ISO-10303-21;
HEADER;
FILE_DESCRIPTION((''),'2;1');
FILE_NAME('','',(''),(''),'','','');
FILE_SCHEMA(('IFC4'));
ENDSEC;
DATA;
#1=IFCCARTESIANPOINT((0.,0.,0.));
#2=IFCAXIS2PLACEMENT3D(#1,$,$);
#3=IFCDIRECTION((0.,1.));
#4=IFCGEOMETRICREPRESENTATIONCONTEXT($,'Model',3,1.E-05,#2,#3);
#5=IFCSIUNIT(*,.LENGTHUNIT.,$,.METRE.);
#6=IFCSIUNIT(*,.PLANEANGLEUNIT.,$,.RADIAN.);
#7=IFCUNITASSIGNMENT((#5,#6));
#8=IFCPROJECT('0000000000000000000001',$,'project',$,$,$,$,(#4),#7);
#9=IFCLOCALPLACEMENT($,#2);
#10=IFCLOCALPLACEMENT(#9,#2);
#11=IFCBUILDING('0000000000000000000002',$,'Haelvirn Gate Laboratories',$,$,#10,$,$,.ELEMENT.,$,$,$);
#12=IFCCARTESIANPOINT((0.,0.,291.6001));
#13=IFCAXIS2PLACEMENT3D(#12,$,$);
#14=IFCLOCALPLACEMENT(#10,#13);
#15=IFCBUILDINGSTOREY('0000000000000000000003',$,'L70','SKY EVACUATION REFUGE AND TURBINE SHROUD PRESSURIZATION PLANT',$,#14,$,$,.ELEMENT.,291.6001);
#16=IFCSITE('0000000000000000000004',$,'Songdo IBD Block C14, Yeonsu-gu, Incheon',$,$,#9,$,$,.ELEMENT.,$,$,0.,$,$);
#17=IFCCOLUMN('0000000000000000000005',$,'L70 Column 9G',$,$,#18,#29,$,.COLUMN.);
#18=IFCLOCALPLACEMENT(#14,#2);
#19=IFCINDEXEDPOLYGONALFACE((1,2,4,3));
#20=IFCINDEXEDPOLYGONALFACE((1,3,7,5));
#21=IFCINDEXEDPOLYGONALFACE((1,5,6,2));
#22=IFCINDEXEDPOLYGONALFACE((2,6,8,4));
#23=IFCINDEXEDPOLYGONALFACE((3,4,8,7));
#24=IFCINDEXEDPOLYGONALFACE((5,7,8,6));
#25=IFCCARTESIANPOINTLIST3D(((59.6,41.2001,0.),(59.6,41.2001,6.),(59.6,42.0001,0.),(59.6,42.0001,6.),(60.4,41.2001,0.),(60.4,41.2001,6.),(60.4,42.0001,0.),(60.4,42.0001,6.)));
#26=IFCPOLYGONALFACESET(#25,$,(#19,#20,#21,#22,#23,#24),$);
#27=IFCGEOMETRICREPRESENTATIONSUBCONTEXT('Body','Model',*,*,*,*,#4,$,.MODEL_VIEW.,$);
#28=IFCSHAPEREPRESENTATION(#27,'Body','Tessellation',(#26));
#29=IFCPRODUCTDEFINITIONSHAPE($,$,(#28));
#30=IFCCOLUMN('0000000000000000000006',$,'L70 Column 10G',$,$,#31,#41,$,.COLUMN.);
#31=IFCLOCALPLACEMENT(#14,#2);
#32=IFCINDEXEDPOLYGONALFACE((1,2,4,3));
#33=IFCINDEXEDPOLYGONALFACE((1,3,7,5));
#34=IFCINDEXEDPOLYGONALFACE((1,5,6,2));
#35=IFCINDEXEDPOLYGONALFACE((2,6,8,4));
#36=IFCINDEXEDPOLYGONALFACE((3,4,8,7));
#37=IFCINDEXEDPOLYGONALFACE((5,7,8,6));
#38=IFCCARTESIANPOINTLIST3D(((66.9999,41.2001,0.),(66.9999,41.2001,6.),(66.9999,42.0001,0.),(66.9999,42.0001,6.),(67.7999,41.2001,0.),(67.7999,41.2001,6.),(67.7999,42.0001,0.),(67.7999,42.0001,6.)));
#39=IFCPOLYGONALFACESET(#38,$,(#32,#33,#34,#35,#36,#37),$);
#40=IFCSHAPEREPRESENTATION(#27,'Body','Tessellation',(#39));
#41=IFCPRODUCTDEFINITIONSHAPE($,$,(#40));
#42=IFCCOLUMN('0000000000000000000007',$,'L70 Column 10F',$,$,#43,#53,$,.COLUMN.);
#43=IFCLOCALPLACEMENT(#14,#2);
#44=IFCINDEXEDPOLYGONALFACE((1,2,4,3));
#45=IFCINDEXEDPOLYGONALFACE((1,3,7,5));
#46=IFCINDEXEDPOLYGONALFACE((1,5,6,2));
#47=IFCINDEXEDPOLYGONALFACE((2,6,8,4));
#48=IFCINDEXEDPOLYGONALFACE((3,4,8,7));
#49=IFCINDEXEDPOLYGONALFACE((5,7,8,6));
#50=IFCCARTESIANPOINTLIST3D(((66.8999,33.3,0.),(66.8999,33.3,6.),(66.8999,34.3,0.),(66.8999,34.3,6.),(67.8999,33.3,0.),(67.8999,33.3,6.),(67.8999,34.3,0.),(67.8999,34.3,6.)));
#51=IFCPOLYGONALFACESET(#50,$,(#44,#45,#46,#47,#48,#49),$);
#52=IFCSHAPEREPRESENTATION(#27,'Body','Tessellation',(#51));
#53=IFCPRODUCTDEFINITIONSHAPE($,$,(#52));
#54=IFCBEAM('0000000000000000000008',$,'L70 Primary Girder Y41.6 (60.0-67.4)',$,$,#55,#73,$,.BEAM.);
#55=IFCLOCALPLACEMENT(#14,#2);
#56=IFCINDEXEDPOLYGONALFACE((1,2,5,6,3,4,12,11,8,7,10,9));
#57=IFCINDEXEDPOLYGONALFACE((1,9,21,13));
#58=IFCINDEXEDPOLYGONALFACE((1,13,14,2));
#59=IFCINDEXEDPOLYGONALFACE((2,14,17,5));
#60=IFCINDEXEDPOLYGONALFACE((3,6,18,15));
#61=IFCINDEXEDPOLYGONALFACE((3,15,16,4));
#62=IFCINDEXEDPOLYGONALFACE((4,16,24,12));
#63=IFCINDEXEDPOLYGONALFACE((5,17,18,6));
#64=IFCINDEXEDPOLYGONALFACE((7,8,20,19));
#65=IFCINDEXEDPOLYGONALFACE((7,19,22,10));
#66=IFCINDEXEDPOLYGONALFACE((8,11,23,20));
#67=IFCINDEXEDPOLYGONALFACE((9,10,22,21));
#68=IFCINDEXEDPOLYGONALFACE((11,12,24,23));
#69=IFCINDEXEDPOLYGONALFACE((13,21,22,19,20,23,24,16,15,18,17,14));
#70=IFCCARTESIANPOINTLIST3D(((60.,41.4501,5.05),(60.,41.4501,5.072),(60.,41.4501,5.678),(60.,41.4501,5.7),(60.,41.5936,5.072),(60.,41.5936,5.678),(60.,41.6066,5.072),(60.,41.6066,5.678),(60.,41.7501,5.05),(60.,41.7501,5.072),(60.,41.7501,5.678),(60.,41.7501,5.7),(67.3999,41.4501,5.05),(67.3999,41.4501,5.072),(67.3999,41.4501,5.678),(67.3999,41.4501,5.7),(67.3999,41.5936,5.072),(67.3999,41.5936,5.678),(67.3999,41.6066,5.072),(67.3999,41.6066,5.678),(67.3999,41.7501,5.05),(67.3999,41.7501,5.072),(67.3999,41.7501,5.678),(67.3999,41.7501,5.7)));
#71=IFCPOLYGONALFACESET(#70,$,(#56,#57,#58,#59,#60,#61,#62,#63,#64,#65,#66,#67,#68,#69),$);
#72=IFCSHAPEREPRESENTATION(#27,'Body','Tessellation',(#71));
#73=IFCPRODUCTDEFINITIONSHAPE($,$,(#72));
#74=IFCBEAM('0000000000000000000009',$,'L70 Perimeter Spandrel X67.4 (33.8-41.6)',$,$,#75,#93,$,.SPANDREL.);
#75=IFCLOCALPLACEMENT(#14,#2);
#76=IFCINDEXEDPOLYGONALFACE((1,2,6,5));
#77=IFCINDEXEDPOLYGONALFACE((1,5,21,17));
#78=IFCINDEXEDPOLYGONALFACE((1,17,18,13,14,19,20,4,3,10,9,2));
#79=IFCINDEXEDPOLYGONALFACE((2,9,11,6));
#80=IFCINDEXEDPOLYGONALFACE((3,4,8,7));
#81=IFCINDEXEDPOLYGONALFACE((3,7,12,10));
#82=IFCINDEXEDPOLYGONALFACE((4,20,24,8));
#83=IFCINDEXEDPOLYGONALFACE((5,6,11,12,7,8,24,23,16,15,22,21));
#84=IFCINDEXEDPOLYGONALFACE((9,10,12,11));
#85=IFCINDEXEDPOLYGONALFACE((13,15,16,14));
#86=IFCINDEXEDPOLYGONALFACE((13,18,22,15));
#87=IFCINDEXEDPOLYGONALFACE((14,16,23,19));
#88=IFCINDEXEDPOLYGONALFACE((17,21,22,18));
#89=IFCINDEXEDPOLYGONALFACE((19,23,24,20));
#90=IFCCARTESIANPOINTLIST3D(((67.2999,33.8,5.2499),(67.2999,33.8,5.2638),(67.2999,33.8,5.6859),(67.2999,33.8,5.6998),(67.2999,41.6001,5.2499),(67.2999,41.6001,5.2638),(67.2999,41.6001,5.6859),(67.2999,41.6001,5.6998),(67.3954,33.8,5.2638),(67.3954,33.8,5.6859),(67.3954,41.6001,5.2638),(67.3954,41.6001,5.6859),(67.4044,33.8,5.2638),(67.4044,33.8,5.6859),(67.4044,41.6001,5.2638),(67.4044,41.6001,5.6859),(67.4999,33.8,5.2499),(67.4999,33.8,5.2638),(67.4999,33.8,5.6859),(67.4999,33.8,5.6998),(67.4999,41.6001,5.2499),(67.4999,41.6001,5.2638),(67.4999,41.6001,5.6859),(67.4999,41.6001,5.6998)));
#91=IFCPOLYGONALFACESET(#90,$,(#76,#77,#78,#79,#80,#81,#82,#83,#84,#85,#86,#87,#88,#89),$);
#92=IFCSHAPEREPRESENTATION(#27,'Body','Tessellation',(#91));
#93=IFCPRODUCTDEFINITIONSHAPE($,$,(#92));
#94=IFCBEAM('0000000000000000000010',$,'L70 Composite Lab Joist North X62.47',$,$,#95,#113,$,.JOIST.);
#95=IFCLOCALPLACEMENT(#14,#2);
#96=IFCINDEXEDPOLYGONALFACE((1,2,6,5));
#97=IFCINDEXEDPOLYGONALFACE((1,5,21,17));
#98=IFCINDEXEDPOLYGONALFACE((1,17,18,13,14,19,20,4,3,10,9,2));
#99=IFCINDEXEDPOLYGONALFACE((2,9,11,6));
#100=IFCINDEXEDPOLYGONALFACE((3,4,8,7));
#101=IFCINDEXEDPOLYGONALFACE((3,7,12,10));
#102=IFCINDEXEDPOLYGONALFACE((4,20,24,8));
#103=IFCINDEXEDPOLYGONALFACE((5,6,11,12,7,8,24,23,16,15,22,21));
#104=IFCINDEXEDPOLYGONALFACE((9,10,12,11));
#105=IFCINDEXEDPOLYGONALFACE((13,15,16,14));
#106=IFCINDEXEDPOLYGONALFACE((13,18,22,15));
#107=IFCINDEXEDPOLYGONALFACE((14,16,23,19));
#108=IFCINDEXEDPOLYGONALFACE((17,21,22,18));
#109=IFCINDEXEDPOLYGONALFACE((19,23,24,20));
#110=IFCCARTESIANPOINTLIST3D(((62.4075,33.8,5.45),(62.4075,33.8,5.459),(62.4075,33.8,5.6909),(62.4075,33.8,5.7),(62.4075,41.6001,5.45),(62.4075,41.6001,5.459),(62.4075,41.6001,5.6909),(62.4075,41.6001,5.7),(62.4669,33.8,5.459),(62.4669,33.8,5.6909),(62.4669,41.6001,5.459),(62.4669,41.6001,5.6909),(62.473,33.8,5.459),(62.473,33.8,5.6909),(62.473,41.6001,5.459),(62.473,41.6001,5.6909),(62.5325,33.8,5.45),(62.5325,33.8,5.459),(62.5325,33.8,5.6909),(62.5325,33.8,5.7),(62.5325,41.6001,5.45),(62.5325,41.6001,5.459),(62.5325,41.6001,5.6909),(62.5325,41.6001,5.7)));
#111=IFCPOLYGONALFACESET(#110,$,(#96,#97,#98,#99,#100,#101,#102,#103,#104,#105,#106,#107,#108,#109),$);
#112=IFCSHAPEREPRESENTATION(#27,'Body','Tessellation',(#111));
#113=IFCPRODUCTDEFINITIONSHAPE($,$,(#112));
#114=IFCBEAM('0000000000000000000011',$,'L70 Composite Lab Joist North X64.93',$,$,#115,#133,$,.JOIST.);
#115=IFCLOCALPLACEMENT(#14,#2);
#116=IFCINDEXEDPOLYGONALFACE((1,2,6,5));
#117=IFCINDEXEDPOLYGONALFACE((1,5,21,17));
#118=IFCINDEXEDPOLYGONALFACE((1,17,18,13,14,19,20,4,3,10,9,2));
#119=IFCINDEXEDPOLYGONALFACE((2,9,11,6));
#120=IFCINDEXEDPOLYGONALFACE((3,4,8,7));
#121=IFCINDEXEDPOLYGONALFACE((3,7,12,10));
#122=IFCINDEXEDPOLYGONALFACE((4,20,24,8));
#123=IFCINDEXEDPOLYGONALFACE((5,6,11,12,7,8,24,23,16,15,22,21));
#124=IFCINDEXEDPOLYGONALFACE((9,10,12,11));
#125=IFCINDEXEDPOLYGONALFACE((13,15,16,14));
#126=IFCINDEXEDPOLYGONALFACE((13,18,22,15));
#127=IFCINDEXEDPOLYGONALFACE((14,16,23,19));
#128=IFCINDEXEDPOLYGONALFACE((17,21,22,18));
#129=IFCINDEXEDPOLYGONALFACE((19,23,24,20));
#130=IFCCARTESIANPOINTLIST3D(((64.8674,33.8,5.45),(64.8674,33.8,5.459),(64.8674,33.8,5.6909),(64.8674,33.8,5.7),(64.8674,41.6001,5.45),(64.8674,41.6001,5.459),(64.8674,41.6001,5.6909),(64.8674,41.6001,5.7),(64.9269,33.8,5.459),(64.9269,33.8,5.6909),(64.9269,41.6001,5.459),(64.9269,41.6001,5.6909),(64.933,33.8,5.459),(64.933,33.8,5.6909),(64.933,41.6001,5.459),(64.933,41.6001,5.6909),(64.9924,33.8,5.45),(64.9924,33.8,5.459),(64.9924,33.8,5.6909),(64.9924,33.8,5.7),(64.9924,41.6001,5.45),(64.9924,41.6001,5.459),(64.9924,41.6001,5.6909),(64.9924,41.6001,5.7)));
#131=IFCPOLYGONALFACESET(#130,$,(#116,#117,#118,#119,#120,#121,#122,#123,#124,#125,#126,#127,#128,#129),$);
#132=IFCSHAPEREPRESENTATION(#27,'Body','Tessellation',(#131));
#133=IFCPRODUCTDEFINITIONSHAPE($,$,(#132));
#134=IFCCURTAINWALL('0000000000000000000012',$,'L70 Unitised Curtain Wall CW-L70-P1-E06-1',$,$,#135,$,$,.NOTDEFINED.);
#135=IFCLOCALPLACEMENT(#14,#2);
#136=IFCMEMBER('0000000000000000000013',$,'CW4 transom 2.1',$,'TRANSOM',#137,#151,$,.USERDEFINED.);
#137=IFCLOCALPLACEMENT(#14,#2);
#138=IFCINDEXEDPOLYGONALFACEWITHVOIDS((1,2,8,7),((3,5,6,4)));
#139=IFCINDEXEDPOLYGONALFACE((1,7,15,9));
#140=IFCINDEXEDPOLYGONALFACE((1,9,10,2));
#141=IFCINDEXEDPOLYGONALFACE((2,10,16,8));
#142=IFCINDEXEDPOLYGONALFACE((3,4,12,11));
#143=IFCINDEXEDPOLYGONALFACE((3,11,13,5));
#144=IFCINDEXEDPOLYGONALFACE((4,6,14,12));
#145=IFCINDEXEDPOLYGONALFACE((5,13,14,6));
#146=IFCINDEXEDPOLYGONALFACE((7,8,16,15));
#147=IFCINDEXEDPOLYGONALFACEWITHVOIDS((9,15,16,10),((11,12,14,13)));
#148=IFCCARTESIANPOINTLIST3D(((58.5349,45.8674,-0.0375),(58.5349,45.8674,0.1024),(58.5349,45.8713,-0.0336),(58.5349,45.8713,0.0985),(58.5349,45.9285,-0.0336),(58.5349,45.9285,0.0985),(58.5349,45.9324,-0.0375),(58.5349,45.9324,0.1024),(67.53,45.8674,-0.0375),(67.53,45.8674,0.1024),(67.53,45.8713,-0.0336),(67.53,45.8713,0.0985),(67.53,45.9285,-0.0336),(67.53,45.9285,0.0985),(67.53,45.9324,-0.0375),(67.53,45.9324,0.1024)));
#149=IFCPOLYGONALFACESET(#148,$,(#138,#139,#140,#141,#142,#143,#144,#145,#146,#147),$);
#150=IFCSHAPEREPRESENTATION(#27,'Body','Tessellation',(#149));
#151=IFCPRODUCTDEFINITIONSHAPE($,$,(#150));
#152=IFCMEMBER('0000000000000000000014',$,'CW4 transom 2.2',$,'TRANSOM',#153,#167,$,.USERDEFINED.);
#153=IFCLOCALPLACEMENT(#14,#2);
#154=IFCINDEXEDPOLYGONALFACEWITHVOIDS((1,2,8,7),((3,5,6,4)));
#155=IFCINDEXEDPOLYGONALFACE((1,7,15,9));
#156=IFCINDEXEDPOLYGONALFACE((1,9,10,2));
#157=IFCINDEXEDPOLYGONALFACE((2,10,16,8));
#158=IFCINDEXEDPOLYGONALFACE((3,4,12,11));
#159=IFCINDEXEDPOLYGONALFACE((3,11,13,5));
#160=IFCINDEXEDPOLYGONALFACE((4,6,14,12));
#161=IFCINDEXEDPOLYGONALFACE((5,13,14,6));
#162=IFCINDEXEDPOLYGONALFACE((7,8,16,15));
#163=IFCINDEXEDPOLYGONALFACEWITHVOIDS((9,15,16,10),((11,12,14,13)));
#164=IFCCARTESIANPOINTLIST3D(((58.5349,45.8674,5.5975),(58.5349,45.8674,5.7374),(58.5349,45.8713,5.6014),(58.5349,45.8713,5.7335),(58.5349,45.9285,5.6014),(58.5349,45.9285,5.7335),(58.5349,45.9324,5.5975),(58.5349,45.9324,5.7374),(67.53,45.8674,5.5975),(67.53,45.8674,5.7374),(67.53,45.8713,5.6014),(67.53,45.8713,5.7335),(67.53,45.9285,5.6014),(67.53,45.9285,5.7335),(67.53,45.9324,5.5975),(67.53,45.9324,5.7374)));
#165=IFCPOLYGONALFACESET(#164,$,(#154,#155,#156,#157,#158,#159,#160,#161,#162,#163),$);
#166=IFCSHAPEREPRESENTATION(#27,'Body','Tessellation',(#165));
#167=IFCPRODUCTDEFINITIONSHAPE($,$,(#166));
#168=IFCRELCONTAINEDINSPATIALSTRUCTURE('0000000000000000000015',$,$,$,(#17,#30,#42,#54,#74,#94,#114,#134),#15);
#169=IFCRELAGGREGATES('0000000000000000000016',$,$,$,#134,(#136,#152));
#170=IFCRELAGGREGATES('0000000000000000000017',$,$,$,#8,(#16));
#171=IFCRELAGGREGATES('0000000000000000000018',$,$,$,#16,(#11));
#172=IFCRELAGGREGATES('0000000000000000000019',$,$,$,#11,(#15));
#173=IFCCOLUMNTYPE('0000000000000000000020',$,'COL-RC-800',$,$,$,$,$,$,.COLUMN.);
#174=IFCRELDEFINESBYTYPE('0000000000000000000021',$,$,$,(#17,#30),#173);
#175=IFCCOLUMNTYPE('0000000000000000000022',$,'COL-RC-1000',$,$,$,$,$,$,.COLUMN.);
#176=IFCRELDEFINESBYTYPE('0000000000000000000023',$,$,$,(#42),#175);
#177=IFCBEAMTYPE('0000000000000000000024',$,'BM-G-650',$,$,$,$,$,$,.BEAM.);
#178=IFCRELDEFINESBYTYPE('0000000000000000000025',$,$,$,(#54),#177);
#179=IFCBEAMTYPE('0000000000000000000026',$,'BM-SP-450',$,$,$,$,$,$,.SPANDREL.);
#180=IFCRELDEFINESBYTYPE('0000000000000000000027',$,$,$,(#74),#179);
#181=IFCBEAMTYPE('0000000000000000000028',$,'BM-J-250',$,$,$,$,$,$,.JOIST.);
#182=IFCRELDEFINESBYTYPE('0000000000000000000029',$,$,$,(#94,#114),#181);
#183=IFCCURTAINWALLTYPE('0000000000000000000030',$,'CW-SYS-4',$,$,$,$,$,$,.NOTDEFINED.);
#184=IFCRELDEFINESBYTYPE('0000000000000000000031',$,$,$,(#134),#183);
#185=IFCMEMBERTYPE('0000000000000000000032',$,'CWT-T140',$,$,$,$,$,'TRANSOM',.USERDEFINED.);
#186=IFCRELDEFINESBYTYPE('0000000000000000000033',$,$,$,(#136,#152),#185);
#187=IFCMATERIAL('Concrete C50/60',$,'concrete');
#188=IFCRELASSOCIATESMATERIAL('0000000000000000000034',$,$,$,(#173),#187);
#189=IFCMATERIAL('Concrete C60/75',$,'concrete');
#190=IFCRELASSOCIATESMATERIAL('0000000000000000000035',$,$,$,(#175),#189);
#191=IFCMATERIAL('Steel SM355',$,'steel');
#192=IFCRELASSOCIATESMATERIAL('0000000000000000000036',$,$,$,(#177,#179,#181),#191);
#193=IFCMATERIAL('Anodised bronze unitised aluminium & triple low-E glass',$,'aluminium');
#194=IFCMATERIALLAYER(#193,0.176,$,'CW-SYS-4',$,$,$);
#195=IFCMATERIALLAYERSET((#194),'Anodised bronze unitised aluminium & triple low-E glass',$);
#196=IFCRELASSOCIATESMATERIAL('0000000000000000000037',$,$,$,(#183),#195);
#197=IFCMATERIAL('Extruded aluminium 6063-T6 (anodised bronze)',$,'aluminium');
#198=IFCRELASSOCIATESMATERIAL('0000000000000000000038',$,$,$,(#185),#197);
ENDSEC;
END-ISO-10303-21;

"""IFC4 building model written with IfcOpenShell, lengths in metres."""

from ifc_helpers import new_model, si_unit, direction, frame, origin, origin_2d, place, context, subcontext, project, spatial, rectangle, hollow_rectangle, i_section, extrude, source, transform, mapped, material, layer, layer_set, material_profile, profile_set, type_object, type_shapes, element, aggregate, save


model = new_model("IFC4")

# Units and contexts
model_context = context("Model", 3, precision=1e-05, world=origin(), true_north=direction((0.0, 1.0)))
body_context = subcontext(model_context, "Body", "Model", "MODEL_VIEW")
ifc_project = project(units=[si_unit("LENGTHUNIT", "METRE"), si_unit("PLANEANGLEUNIT", "RADIAN")], contexts=[model_context])

# Site, building, storey
site_placement = place(None, origin())
site = spatial("IfcSite", under=ifc_project, at=site_placement, Name="Songdo IBD Block C14, Yeonsu-gu, Incheon", CompositionType="ELEMENT", RefElevation=0.0)
building_placement = place(site_placement, origin())
building = spatial("IfcBuilding", under=site, at=building_placement, Name="Haelvirn Gate Laboratories", CompositionType="ELEMENT")
storey_placement = place(building_placement, frame((0.0, 0.0, 291.6001)))
storey = spatial("IfcBuildingStorey", under=building, at=storey_placement, Name="L70", Description="SKY EVACUATION REFUGE AND TURBINE SHROUD PRESSURIZATION PLANT", CompositionType="ELEMENT", Elevation=291.6001)

# Columns
ifc_material_1 = material(Name="Concrete C50/60", Category="concrete")
ifc_material_profile_1 = material_profile(ifc_material_1, rectangle(XDim=0.8, YDim=0.8, at=origin_2d()), Name="RC-800x800")
ifc_profile_set_1 = profile_set([ifc_material_profile_1], Name="Concrete C50/60")
column_type_1 = type_object("IfcColumnType", Name="COL-RC-800", PredefinedType="COLUMN", material=ifc_profile_set_1)
shared_shape_1 = source(origin(), body_context, "Body", "SweptSolid", [
    extrude(rectangle(XDim=0.8, YDim=0.8, at=origin_2d()), origin(), (0.0, 0.0, 1.0), 6.0),
])
type_shapes(column_type_1, [shared_shape_1])
for number, where, z_axis, x_axis, name in (
    (1, (60.0, 41.6001, 0.0), (0.0, 0.0, 1.0), (1.0, 0.0, 0.0), "L70 Column 9G"),
    (2, (67.3999, 41.6001, 0.0), (0.0, 0.0, 1.0), (1.0, 0.0, 0.0), "L70 Column 10G"),
):
    element("IfcColumn", number, at=place(storey_placement, frame(where, z_axis=z_axis, x_axis=x_axis)), inside=storey, type_object=column_type_1, Name=name, PredefinedType="COLUMN", context=body_context, shape_type="MappedRepresentation", body=[
        mapped(shared_shape_1, transform((0.0, 0.0, 0.0), scale=1.0)),
    ])
ifc_material_2 = material(Name="Concrete C60/75", Category="concrete")
ifc_material_profile_2 = material_profile(ifc_material_2, rectangle(XDim=1.0, YDim=1.0, at=origin_2d()), Name="RC-1000x1000")
ifc_profile_set_2 = profile_set([ifc_material_profile_2], Name="Concrete C60/75")
column_type_2 = type_object("IfcColumnType", Name="COL-RC-1000", PredefinedType="COLUMN", material=ifc_profile_set_2)
shared_shape_2 = source(origin(), body_context, "Body", "SweptSolid", [
    extrude(rectangle(XDim=1.0, YDim=1.0, at=origin_2d()), origin(), (0.0, 0.0, 1.0), 6.0),
])
type_shapes(column_type_2, [shared_shape_2])
column_placement = place(storey_placement, frame((67.3999, 33.8, 0.0), z_axis=(0.0, 0.0, 1.0), x_axis=(1.0, 0.0, 0.0)))
element("IfcColumn", 3, at=column_placement, inside=storey, type_object=column_type_2, Name="L70 Column 10F", PredefinedType="COLUMN", context=body_context, shape_type="MappedRepresentation", body=[
    mapped(shared_shape_2, transform((0.0, 0.0, 0.0), scale=1.0)),
])

# Beams
ifc_material_3 = material(Name="Steel SM355", Category="steel")
ifc_material_profile_3 = material_profile(ifc_material_3, i_section(OverallWidth=0.3, OverallDepth=0.6499, WebThickness=0.0129, FlangeThickness=0.022, at=origin_2d()), Name="H-650x300x13x22")
ifc_profile_set_3 = profile_set([ifc_material_profile_3], Name="Steel SM355")
beam_type_1 = type_object("IfcBeamType", Name="BM-G-650", PredefinedType="BEAM", material=ifc_profile_set_3)
shared_shape_3 = source(origin(), body_context, "Body", "SweptSolid", [
    extrude(i_section(OverallWidth=0.3, OverallDepth=0.6499, WebThickness=0.0129, FlangeThickness=0.022, at=origin_2d()), origin(), (0.0, 0.0, 1.0), 7.3999),
])
type_shapes(beam_type_1, [shared_shape_3])
beam_1_placement = place(storey_placement, frame((60.0, 41.6001, 5.375), z_axis=(1.0, 0.0, 0.0), x_axis=(0.0, 1.0, 0.0)))
element("IfcBeam", 4, at=beam_1_placement, inside=storey, type_object=beam_type_1, Name="L70 Primary Girder Y41.6 (60.0-67.4)", PredefinedType="BEAM", context=body_context, shape_type="MappedRepresentation", body=[
    mapped(shared_shape_3, transform((0.0, 0.0, 0.0), scale=1.0)),
])
ifc_material_profile_4 = material_profile(ifc_material_3, i_section(OverallWidth=0.2, OverallDepth=0.45, WebThickness=0.009, FlangeThickness=0.0139, at=origin_2d()), Name="H-450x200x9x14")
ifc_profile_set_4 = profile_set([ifc_material_profile_4], Name="Steel SM355")
beam_type_2 = type_object("IfcBeamType", Name="BM-SP-450", PredefinedType="SPANDREL", material=ifc_profile_set_4)
shared_shape_4 = source(origin(), body_context, "Body", "SweptSolid", [
    extrude(i_section(OverallWidth=0.2, OverallDepth=0.45, WebThickness=0.009, FlangeThickness=0.0139, at=origin_2d()), origin(), (0.0, 0.0, 1.0), 7.8),
])
type_shapes(beam_type_2, [shared_shape_4])
beam_2_placement = place(storey_placement, frame((67.3999, 33.8, 5.4749), z_axis=(0.0, 1.0, 0.0), x_axis=(-1.0, 0.0, 0.0)))
element("IfcBeam", 5, at=beam_2_placement, inside=storey, type_object=beam_type_2, Name="L70 Perimeter Spandrel X67.4 (33.8-41.6)", PredefinedType="SPANDREL", context=body_context, shape_type="MappedRepresentation", body=[
    mapped(shared_shape_4, transform((0.0, 0.0, 0.0), scale=1.0)),
])
ifc_material_profile_5 = material_profile(ifc_material_3, i_section(OverallWidth=0.125, OverallDepth=0.25, WebThickness=0.0061, FlangeThickness=0.009, at=origin_2d()), Name="H-250x125x6x9")
ifc_profile_set_5 = profile_set([ifc_material_profile_5], Name="Steel SM355")
beam_type_3 = type_object("IfcBeamType", Name="BM-J-250", PredefinedType="JOIST", material=ifc_profile_set_5)
shared_shape_5 = source(origin(), body_context, "Body", "SweptSolid", [
    extrude(i_section(OverallWidth=0.125, OverallDepth=0.25, WebThickness=0.0061, FlangeThickness=0.009, at=origin_2d()), origin(), (0.0, 0.0, 1.0), 7.8),
])
type_shapes(beam_type_3, [shared_shape_5])
for number, where, z_axis, x_axis, name in (
    (6, (62.47, 33.8, 5.575), (0.0, 1.0, 0.0), (-1.0, 0.0, 0.0), "L70 Composite Lab Joist North X62.47"),
    (7, (64.9299, 33.8, 5.575), (0.0, 1.0, 0.0), (-1.0, 0.0, 0.0), "L70 Composite Lab Joist North X64.93"),
):
    element("IfcBeam", number, at=place(storey_placement, frame(where, z_axis=z_axis, x_axis=x_axis)), inside=storey, type_object=beam_type_3, Name=name, PredefinedType="JOIST", context=body_context, shape_type="MappedRepresentation", body=[
        mapped(shared_shape_5, transform((0.0, 0.0, 0.0), scale=1.0)),
    ])

# Curtain wall, members
ifc_material_4 = material(Name="Anodised bronze unitised aluminium & triple low-E glass", Category="aluminium")
ifc_layer_1 = layer(ifc_material_4, 0.176, Name="CW-SYS-4")
ifc_layer_set_1 = layer_set([ifc_layer_1], Name="Anodised bronze unitised aluminium & triple low-E glass")
curtain_wall_type_1 = type_object("IfcCurtainWallType", Name="CW-SYS-4", PredefinedType="NOTDEFINED", material=ifc_layer_set_1)
curtain_wall_1_placement = place(storey_placement, origin())
curtain_wall_1 = element("IfcCurtainWall", 8, at=curtain_wall_1_placement, inside=storey, type_object=curtain_wall_type_1, Name="L70 Unitised Curtain Wall CW-L70-P1-E06-1", PredefinedType="NOTDEFINED")
ifc_material_5 = material(Name="Extruded aluminium 6063-T6 (anodised bronze)", Category="aluminium")
ifc_material_profile_6 = material_profile(ifc_material_5, hollow_rectangle(XDim=0.0649, YDim=0.1399, WallThickness=0.0039, at=origin_2d()), Name="CWT-140x65x4")
ifc_profile_set_6 = profile_set([ifc_material_profile_6], Name="Extruded aluminium 6063-T6 (anodised bronze)")
member_type_1 = type_object("IfcMemberType", Name="CWT-T140", ElementType="TRANSOM", PredefinedType="USERDEFINED", material=ifc_profile_set_6)
shared_shape_6 = source(origin(), body_context, "Body", "SweptSolid", [
    extrude(hollow_rectangle(XDim=0.0649, YDim=0.1399, WallThickness=0.0039, at=origin_2d()), origin(), (0.0, 0.0, 1.0), 8.9951),
])
member_1_placement = place(storey_placement, frame((58.5349, 45.8999, 0.0325), z_axis=(1.0, 0.0, 0.0), x_axis=(0.0, 1.0, 0.0)))
member_1 = element("IfcMember", 9, at=member_1_placement, type_object=member_type_1, Name="CW4 transom 2.1", ObjectType="TRANSOM", PredefinedType="USERDEFINED", context=body_context, shape_type="MappedRepresentation", body=[
    mapped(shared_shape_6, transform((0.0, 0.0, 0.0), scale=1.0)),
])
member_2_placement = place(storey_placement, frame((58.5349, 45.8999, 5.6675), z_axis=(1.0, 0.0, 0.0), x_axis=(0.0, 1.0, 0.0)))
member_2 = element("IfcMember", 10, at=member_2_placement, type_object=member_type_1, Name="CW4 transom 2.2", ObjectType="TRANSOM", PredefinedType="USERDEFINED", context=body_context, shape_type="MappedRepresentation", body=[
    mapped(shared_shape_6, transform((0.0, 0.0, 0.0), scale=1.0)),
])

aggregate(curtain_wall_1, [member_1, member_2])

save(model, "model.ifc")
